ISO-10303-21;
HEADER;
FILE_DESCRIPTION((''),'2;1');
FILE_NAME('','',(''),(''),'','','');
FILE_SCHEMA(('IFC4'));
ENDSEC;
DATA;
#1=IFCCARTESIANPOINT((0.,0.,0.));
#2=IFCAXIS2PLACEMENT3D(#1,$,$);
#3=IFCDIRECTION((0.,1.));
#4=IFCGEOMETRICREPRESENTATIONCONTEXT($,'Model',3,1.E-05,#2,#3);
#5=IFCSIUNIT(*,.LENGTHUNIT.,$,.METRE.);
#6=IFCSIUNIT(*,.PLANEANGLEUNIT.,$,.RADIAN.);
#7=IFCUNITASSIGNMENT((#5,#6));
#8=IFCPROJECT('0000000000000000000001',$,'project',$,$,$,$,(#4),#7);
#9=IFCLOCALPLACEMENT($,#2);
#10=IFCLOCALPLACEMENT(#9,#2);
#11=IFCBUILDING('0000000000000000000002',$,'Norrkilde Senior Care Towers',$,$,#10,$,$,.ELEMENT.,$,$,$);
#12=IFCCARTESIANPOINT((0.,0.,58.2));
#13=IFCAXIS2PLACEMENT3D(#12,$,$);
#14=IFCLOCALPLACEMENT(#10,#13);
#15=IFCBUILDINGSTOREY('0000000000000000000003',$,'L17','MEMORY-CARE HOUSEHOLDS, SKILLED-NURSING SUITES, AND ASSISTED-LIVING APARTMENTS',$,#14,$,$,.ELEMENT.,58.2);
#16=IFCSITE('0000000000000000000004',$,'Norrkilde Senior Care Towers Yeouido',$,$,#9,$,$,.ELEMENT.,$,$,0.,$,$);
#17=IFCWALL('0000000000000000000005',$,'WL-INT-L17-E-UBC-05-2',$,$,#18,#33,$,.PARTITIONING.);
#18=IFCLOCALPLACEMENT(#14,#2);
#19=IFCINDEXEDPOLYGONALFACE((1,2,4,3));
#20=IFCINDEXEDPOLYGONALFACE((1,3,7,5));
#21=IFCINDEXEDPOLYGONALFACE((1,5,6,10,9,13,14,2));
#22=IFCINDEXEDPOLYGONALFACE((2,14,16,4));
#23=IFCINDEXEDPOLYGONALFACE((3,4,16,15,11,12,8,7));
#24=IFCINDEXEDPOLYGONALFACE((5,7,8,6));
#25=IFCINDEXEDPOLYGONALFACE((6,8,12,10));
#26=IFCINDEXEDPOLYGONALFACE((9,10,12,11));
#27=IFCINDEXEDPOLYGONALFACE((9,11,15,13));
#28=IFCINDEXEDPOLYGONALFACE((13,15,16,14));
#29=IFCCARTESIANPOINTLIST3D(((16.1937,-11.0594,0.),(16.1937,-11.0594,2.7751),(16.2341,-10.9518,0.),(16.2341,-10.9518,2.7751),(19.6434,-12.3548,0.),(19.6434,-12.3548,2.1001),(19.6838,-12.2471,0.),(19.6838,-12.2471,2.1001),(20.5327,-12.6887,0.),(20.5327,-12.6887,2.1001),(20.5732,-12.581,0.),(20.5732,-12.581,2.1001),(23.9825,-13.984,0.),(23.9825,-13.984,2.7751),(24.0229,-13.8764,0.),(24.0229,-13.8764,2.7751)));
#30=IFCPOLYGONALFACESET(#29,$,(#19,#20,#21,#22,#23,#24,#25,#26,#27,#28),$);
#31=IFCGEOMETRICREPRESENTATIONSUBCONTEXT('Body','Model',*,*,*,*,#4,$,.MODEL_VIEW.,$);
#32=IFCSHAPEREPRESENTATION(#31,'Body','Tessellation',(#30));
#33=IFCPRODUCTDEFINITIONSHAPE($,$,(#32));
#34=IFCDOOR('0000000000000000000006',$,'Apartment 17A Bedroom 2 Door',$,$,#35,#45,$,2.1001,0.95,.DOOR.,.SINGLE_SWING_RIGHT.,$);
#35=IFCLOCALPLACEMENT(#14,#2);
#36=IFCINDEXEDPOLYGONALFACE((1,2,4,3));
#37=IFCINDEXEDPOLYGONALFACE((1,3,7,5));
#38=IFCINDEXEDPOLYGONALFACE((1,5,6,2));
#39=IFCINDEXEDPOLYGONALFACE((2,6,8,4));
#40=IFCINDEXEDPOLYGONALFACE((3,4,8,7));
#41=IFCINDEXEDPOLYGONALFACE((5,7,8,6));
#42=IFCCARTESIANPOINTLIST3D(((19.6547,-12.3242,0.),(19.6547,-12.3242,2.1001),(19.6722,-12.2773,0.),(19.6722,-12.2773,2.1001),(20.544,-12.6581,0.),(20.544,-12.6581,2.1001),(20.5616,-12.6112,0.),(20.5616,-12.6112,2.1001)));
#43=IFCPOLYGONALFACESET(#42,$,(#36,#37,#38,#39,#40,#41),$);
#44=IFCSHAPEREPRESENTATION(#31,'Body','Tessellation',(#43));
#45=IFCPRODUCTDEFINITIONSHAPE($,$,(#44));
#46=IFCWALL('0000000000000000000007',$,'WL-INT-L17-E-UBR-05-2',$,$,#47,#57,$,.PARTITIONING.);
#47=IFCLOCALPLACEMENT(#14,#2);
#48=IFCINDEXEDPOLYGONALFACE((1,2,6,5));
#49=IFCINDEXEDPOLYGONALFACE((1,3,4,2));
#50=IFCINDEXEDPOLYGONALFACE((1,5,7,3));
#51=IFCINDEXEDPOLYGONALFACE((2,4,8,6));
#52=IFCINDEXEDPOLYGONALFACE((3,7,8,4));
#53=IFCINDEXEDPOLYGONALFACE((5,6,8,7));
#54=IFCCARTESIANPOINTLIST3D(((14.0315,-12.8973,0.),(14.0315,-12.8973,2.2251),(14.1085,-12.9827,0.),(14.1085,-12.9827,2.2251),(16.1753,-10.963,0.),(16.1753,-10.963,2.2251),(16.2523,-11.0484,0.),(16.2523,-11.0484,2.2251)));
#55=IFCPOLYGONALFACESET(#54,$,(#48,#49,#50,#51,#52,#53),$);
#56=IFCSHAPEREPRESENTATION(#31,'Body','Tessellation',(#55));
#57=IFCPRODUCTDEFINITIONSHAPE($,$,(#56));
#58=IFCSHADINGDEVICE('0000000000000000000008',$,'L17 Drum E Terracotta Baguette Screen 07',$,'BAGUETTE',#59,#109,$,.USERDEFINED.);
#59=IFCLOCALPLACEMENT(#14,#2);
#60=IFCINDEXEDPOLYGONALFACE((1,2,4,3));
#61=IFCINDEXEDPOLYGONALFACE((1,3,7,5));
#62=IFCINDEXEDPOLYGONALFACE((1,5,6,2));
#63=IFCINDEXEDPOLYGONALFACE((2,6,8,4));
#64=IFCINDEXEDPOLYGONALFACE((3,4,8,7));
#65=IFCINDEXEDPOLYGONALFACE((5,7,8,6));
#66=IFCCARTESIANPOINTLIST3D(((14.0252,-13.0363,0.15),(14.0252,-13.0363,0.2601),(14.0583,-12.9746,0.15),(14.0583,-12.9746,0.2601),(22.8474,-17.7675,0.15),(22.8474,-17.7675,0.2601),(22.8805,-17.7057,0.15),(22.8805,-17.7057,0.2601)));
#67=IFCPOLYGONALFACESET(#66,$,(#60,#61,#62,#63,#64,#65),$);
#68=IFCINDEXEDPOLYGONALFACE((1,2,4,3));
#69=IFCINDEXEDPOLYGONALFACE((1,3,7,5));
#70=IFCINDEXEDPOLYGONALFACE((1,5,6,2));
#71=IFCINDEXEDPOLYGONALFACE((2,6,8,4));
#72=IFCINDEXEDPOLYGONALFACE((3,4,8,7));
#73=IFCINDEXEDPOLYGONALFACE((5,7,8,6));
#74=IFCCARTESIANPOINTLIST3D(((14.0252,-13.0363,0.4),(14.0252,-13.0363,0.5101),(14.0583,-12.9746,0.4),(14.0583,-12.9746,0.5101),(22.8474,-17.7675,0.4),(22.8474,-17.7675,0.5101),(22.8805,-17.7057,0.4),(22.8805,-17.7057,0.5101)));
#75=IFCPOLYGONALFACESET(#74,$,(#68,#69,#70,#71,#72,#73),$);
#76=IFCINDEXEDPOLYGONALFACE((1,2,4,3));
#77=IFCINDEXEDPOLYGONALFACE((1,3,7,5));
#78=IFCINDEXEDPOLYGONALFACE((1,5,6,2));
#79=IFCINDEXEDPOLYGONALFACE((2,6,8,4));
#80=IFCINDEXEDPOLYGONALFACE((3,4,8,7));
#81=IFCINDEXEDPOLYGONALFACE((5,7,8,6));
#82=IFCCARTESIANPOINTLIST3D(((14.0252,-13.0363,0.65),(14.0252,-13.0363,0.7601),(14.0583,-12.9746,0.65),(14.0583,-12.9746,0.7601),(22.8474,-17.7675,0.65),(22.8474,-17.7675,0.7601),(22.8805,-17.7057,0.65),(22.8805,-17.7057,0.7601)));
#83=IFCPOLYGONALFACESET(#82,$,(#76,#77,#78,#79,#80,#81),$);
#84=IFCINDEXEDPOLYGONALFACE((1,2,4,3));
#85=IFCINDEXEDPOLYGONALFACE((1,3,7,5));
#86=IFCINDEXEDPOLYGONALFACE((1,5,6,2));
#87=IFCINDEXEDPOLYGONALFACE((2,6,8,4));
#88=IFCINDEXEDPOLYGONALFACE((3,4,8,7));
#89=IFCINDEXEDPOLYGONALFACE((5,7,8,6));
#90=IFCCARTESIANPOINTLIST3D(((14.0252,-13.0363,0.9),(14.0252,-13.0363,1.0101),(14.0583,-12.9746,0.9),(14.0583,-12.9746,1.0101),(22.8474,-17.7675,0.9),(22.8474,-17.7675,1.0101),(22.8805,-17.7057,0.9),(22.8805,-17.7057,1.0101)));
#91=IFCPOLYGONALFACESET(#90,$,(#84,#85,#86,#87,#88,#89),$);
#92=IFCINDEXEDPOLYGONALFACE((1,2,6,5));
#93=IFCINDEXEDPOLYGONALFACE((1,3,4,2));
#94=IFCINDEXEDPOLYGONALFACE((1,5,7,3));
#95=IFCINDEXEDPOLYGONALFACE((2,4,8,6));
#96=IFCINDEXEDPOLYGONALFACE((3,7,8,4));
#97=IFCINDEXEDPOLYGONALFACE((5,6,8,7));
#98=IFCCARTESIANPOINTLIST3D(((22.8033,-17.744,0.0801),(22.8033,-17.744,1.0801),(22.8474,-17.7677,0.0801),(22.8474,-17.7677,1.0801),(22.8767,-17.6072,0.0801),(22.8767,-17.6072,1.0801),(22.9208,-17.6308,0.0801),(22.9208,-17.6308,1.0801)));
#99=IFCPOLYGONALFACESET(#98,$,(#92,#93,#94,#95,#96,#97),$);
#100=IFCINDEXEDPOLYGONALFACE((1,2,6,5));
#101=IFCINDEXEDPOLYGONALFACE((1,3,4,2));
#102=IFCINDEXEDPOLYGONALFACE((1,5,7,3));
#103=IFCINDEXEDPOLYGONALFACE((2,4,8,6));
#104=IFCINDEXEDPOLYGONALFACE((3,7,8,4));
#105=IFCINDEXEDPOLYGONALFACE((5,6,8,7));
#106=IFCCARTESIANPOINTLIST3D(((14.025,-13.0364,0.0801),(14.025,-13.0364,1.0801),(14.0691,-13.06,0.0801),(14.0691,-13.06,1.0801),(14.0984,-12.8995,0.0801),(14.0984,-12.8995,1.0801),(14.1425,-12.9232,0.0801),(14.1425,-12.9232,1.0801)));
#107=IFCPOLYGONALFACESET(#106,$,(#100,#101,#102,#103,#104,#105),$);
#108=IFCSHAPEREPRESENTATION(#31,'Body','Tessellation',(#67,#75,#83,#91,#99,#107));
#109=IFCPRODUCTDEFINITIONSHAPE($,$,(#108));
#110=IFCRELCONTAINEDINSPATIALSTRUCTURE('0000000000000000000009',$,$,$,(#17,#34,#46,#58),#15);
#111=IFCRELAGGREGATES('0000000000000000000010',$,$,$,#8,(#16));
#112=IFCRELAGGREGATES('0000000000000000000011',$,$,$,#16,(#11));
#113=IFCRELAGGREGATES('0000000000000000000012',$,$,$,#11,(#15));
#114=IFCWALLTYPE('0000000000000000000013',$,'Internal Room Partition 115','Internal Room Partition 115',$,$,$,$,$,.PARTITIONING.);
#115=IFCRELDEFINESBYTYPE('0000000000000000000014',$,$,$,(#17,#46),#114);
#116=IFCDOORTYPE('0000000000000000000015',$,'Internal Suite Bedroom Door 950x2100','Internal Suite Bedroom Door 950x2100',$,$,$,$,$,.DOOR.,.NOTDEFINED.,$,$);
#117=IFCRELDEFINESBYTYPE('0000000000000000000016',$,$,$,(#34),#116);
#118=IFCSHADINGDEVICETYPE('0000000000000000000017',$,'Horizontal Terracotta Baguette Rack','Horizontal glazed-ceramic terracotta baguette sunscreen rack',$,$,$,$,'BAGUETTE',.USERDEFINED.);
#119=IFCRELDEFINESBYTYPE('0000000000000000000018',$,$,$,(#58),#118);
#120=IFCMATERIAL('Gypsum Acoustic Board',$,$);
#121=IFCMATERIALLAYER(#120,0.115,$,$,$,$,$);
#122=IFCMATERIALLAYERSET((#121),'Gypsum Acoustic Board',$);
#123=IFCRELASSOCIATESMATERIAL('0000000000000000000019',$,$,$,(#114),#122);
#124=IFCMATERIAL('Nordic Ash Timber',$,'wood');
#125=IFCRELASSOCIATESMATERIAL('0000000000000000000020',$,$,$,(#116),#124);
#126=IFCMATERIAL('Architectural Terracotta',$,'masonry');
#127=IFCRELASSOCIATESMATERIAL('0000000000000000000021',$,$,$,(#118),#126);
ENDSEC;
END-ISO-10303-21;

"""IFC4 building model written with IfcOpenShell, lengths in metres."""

from ifc_helpers import new_model, si_unit, direction, frame, frame_2d, origin, origin_2d, place, context, subcontext, project, spatial, rectangle, extrude, source, transform, mapped, material, layer, layer_set, type_object, type_shapes, element, fill, save


model = new_model("IFC4")

# Units and contexts
model_context = context("Model", 3, precision=1e-05, world=origin(), true_north=direction((0.0, 1.0)))
body_context = subcontext(model_context, "Body", "Model", "MODEL_VIEW")
ifc_project = project(units=[si_unit("LENGTHUNIT", "METRE"), si_unit("PLANEANGLEUNIT", "RADIAN")], contexts=[model_context])

# Site, building, storey
site_placement = place(None, origin())
site = spatial("IfcSite", under=ifc_project, at=site_placement, Name="Norrkilde Senior Care Towers Yeouido", CompositionType="ELEMENT", RefElevation=0.0)
building_placement = place(site_placement, origin())
building = spatial("IfcBuilding", under=site, at=building_placement, Name="Norrkilde Senior Care Towers", CompositionType="ELEMENT")
storey_placement = place(building_placement, frame((0.0, 0.0, 58.2)))
storey = spatial("IfcBuildingStorey", under=building, at=storey_placement, Name="L17", Description="MEMORY-CARE HOUSEHOLDS, SKILLED-NURSING SUITES, AND ASSISTED-LIVING APARTMENTS", CompositionType="ELEMENT", Elevation=58.2)

# Shared definitions
ifc_material_1 = material(Name="Gypsum Acoustic Board")
ifc_material_2 = material(Name="Nordic Ash Timber", Category="wood")

# Wall, opening, door
ifc_layer_1 = layer(ifc_material_1, 0.115)
ifc_layer_set_1 = layer_set([ifc_layer_1], Name="Gypsum Acoustic Board")
wall_type_1 = type_object("IfcWallType", Name="Internal Room Partition 115", Description="Internal Room Partition 115", PredefinedType="PARTITIONING", material=ifc_layer_set_1)
shared_shape_1 = source(origin(), body_context, "Body", "SweptSolid", [
    extrude(rectangle(XDim=8.3198, YDim=0.115, at=frame_2d((4.1599, 0.0))), origin(), (0.0, 0.0, 1.0), 2.7751),
])
wall_1_placement = place(storey_placement, frame((16.2139, -11.0056, 0.0), z_axis=(0.0, 0.0, 1.0), x_axis=(0.936181, -0.351519, 0.0)))
wall_1 = element("IfcWall", 1, at=wall_1_placement, inside=storey, type_object=wall_type_1, Name="WL-INT-L17-E-UBC-05-2", PredefinedType="PARTITIONING", context=body_context, shape_type="MappedRepresentation", body=[
    mapped(shared_shape_1, transform((0.0, 0.0, 0.0), x_axis=(1.0, 0.0, 0.0), y_axis=(0.0, 1.0, 0.0), z_axis=(0.0, 0.0, 1.0), scale=1.0)),
])
opening_1_placement = place(wall_1_placement, frame((3.6848, 0.0, 0.0)))
opening_1 = element("IfcOpeningElement", 2, at=opening_1_placement, cuts=wall_1, PredefinedType="OPENING", context=body_context, shape_type="SweptSolid", body=[
    extrude(rectangle(XDim=0.95, YDim=2.1001, at=frame_2d((0.4751, 1.05))), frame((0.0, 0.0674, 0.0), z_axis=(0.0, -1.0, 0.0), x_axis=(1.0, 0.0, 0.0)), (0.0, 0.0, 1.0), 0.135),
])
door_type_1 = type_object("IfcDoorType", Name="Internal Suite Bedroom Door 950x2100", Description="Internal Suite Bedroom Door 950x2100", OperationType="NOTDEFINED", PredefinedType="DOOR", material=ifc_material_2)
shared_shape_2 = source(origin(), body_context, "Body", "SweptSolid", [
    extrude(rectangle(XDim=0.95, YDim=2.1001, at=frame_2d((0.4751, 1.05))), frame((0.0, 0.0249, 0.0), z_axis=(0.0, -1.0, 0.0), x_axis=(1.0, 0.0, 0.0)), (0.0, 0.0, 1.0), 0.05),
])
type_shapes(door_type_1, [shared_shape_2])
door_1_placement = place(opening_1_placement, frame((0.95, 0.0, 0.0), z_axis=(0.0, 0.0, 1.0), x_axis=(-1.0, 0.0, 0.0)))
door_1 = element("IfcDoor", 3, at=door_1_placement, inside=storey, type_object=door_type_1, Name="Apartment 17A Bedroom 2 Door", OperationType="SINGLE_SWING_RIGHT", OverallHeight=2.1001, OverallWidth=0.95, PredefinedType="DOOR", context=body_context, shape_type="MappedRepresentation", body=[
    mapped(shared_shape_2, transform((0.0, 0.0, 0.0), x_axis=(1.0, 0.0, 0.0), y_axis=(0.0, 1.0, 0.0), z_axis=(0.0, 0.0, 1.0), scale=1.0)),
])
fill(opening_1, door_1)

# Wall
shared_shape_3 = source(origin(), body_context, "Body", "SweptSolid", [
    extrude(rectangle(XDim=2.8875, YDim=0.115, at=frame_2d((1.4438, 0.0))), origin(), (0.0, 0.0, 1.0), 2.2251),
])
type_shapes(wall_type_1, [shared_shape_1, shared_shape_3])
wall_2_placement = place(storey_placement, frame((16.2139, -11.0056, 0.0), z_axis=(0.0, 0.0, 1.0), x_axis=(-0.742449, -0.669903, 0.0)))
element("IfcWall", 4, at=wall_2_placement, inside=storey, type_object=wall_type_1, Name="WL-INT-L17-E-UBR-05-2", PredefinedType="PARTITIONING", context=body_context, shape_type="MappedRepresentation", body=[
    mapped(shared_shape_3, transform((0.0, 0.0, 0.0), x_axis=(1.0, 0.0, 0.0), y_axis=(0.0, 1.0, 0.0), z_axis=(0.0, 0.0, 1.0), scale=1.0)),
])

# Shading device
ifc_material_3 = material(Name="Architectural Terracotta", Category="masonry")
shading_device_type = type_object("IfcShadingDeviceType", Name="Horizontal Terracotta Baguette Rack", Description="Horizontal glazed-ceramic terracotta baguette sunscreen rack", ElementType="BAGUETTE", PredefinedType="USERDEFINED", material=ifc_material_3)
shared_shape_4 = source(origin(), body_context, "Body", "SweptSolid", [
    extrude(rectangle(XDim=0.0701, YDim=0.1101, at=origin_2d()), frame((0.0, 0.0901, 0.125), z_axis=(1.0, 0.0, 0.0), x_axis=(0.0, 1.0, 0.0)), (0.0, 0.0, 1.0), 10.0107),
    extrude(rectangle(XDim=0.0701, YDim=0.1101, at=origin_2d()), frame((0.0, 0.0901, 0.375), z_axis=(1.0, 0.0, 0.0), x_axis=(0.0, 1.0, 0.0)), (0.0, 0.0, 1.0), 10.0107),
    extrude(rectangle(XDim=0.0701, YDim=0.1101, at=origin_2d()), frame((0.0, 0.0901, 0.625), z_axis=(1.0, 0.0, 0.0), x_axis=(0.0, 1.0, 0.0)), (0.0, 0.0, 1.0), 10.0107),
    extrude(rectangle(XDim=0.0701, YDim=0.1101, at=origin_2d()), frame((0.0, 0.0901, 0.875), z_axis=(1.0, 0.0, 0.0), x_axis=(0.0, 1.0, 0.0)), (0.0, 0.0, 1.0), 10.0107),
    extrude(rectangle(XDim=0.05, YDim=0.1553, at=origin_2d()), frame((0.0249, 0.0476, 0.0)), (0.0, 0.0, 1.0), 1.0),
    extrude(rectangle(XDim=0.05, YDim=0.1553, at=origin_2d()), frame((9.9858, 0.0476, 0.0)), (0.0, 0.0, 1.0), 1.0),
])
type_shapes(shading_device_type, [shared_shape_4])
shading_device_placement = place(storey_placement, frame((22.9065, -17.6572, 0.0801), z_axis=(0.0, 0.0, 1.0), x_axis=(-0.88128, 0.472612, 0.0)))
element("IfcShadingDevice", 5, at=shading_device_placement, inside=storey, type_object=shading_device_type, Name="L17 Drum E Terracotta Baguette Screen 07", ObjectType="BAGUETTE", PredefinedType="USERDEFINED", context=body_context, shape_type="MappedRepresentation", body=[
    mapped(shared_shape_4, transform((0.0, 0.0, 0.0), x_axis=(1.0, 0.0, 0.0), y_axis=(0.0, 1.0, 0.0), z_axis=(0.0, 0.0, 1.0), scale=1.0)),
])

save(model, "model.ifc")
